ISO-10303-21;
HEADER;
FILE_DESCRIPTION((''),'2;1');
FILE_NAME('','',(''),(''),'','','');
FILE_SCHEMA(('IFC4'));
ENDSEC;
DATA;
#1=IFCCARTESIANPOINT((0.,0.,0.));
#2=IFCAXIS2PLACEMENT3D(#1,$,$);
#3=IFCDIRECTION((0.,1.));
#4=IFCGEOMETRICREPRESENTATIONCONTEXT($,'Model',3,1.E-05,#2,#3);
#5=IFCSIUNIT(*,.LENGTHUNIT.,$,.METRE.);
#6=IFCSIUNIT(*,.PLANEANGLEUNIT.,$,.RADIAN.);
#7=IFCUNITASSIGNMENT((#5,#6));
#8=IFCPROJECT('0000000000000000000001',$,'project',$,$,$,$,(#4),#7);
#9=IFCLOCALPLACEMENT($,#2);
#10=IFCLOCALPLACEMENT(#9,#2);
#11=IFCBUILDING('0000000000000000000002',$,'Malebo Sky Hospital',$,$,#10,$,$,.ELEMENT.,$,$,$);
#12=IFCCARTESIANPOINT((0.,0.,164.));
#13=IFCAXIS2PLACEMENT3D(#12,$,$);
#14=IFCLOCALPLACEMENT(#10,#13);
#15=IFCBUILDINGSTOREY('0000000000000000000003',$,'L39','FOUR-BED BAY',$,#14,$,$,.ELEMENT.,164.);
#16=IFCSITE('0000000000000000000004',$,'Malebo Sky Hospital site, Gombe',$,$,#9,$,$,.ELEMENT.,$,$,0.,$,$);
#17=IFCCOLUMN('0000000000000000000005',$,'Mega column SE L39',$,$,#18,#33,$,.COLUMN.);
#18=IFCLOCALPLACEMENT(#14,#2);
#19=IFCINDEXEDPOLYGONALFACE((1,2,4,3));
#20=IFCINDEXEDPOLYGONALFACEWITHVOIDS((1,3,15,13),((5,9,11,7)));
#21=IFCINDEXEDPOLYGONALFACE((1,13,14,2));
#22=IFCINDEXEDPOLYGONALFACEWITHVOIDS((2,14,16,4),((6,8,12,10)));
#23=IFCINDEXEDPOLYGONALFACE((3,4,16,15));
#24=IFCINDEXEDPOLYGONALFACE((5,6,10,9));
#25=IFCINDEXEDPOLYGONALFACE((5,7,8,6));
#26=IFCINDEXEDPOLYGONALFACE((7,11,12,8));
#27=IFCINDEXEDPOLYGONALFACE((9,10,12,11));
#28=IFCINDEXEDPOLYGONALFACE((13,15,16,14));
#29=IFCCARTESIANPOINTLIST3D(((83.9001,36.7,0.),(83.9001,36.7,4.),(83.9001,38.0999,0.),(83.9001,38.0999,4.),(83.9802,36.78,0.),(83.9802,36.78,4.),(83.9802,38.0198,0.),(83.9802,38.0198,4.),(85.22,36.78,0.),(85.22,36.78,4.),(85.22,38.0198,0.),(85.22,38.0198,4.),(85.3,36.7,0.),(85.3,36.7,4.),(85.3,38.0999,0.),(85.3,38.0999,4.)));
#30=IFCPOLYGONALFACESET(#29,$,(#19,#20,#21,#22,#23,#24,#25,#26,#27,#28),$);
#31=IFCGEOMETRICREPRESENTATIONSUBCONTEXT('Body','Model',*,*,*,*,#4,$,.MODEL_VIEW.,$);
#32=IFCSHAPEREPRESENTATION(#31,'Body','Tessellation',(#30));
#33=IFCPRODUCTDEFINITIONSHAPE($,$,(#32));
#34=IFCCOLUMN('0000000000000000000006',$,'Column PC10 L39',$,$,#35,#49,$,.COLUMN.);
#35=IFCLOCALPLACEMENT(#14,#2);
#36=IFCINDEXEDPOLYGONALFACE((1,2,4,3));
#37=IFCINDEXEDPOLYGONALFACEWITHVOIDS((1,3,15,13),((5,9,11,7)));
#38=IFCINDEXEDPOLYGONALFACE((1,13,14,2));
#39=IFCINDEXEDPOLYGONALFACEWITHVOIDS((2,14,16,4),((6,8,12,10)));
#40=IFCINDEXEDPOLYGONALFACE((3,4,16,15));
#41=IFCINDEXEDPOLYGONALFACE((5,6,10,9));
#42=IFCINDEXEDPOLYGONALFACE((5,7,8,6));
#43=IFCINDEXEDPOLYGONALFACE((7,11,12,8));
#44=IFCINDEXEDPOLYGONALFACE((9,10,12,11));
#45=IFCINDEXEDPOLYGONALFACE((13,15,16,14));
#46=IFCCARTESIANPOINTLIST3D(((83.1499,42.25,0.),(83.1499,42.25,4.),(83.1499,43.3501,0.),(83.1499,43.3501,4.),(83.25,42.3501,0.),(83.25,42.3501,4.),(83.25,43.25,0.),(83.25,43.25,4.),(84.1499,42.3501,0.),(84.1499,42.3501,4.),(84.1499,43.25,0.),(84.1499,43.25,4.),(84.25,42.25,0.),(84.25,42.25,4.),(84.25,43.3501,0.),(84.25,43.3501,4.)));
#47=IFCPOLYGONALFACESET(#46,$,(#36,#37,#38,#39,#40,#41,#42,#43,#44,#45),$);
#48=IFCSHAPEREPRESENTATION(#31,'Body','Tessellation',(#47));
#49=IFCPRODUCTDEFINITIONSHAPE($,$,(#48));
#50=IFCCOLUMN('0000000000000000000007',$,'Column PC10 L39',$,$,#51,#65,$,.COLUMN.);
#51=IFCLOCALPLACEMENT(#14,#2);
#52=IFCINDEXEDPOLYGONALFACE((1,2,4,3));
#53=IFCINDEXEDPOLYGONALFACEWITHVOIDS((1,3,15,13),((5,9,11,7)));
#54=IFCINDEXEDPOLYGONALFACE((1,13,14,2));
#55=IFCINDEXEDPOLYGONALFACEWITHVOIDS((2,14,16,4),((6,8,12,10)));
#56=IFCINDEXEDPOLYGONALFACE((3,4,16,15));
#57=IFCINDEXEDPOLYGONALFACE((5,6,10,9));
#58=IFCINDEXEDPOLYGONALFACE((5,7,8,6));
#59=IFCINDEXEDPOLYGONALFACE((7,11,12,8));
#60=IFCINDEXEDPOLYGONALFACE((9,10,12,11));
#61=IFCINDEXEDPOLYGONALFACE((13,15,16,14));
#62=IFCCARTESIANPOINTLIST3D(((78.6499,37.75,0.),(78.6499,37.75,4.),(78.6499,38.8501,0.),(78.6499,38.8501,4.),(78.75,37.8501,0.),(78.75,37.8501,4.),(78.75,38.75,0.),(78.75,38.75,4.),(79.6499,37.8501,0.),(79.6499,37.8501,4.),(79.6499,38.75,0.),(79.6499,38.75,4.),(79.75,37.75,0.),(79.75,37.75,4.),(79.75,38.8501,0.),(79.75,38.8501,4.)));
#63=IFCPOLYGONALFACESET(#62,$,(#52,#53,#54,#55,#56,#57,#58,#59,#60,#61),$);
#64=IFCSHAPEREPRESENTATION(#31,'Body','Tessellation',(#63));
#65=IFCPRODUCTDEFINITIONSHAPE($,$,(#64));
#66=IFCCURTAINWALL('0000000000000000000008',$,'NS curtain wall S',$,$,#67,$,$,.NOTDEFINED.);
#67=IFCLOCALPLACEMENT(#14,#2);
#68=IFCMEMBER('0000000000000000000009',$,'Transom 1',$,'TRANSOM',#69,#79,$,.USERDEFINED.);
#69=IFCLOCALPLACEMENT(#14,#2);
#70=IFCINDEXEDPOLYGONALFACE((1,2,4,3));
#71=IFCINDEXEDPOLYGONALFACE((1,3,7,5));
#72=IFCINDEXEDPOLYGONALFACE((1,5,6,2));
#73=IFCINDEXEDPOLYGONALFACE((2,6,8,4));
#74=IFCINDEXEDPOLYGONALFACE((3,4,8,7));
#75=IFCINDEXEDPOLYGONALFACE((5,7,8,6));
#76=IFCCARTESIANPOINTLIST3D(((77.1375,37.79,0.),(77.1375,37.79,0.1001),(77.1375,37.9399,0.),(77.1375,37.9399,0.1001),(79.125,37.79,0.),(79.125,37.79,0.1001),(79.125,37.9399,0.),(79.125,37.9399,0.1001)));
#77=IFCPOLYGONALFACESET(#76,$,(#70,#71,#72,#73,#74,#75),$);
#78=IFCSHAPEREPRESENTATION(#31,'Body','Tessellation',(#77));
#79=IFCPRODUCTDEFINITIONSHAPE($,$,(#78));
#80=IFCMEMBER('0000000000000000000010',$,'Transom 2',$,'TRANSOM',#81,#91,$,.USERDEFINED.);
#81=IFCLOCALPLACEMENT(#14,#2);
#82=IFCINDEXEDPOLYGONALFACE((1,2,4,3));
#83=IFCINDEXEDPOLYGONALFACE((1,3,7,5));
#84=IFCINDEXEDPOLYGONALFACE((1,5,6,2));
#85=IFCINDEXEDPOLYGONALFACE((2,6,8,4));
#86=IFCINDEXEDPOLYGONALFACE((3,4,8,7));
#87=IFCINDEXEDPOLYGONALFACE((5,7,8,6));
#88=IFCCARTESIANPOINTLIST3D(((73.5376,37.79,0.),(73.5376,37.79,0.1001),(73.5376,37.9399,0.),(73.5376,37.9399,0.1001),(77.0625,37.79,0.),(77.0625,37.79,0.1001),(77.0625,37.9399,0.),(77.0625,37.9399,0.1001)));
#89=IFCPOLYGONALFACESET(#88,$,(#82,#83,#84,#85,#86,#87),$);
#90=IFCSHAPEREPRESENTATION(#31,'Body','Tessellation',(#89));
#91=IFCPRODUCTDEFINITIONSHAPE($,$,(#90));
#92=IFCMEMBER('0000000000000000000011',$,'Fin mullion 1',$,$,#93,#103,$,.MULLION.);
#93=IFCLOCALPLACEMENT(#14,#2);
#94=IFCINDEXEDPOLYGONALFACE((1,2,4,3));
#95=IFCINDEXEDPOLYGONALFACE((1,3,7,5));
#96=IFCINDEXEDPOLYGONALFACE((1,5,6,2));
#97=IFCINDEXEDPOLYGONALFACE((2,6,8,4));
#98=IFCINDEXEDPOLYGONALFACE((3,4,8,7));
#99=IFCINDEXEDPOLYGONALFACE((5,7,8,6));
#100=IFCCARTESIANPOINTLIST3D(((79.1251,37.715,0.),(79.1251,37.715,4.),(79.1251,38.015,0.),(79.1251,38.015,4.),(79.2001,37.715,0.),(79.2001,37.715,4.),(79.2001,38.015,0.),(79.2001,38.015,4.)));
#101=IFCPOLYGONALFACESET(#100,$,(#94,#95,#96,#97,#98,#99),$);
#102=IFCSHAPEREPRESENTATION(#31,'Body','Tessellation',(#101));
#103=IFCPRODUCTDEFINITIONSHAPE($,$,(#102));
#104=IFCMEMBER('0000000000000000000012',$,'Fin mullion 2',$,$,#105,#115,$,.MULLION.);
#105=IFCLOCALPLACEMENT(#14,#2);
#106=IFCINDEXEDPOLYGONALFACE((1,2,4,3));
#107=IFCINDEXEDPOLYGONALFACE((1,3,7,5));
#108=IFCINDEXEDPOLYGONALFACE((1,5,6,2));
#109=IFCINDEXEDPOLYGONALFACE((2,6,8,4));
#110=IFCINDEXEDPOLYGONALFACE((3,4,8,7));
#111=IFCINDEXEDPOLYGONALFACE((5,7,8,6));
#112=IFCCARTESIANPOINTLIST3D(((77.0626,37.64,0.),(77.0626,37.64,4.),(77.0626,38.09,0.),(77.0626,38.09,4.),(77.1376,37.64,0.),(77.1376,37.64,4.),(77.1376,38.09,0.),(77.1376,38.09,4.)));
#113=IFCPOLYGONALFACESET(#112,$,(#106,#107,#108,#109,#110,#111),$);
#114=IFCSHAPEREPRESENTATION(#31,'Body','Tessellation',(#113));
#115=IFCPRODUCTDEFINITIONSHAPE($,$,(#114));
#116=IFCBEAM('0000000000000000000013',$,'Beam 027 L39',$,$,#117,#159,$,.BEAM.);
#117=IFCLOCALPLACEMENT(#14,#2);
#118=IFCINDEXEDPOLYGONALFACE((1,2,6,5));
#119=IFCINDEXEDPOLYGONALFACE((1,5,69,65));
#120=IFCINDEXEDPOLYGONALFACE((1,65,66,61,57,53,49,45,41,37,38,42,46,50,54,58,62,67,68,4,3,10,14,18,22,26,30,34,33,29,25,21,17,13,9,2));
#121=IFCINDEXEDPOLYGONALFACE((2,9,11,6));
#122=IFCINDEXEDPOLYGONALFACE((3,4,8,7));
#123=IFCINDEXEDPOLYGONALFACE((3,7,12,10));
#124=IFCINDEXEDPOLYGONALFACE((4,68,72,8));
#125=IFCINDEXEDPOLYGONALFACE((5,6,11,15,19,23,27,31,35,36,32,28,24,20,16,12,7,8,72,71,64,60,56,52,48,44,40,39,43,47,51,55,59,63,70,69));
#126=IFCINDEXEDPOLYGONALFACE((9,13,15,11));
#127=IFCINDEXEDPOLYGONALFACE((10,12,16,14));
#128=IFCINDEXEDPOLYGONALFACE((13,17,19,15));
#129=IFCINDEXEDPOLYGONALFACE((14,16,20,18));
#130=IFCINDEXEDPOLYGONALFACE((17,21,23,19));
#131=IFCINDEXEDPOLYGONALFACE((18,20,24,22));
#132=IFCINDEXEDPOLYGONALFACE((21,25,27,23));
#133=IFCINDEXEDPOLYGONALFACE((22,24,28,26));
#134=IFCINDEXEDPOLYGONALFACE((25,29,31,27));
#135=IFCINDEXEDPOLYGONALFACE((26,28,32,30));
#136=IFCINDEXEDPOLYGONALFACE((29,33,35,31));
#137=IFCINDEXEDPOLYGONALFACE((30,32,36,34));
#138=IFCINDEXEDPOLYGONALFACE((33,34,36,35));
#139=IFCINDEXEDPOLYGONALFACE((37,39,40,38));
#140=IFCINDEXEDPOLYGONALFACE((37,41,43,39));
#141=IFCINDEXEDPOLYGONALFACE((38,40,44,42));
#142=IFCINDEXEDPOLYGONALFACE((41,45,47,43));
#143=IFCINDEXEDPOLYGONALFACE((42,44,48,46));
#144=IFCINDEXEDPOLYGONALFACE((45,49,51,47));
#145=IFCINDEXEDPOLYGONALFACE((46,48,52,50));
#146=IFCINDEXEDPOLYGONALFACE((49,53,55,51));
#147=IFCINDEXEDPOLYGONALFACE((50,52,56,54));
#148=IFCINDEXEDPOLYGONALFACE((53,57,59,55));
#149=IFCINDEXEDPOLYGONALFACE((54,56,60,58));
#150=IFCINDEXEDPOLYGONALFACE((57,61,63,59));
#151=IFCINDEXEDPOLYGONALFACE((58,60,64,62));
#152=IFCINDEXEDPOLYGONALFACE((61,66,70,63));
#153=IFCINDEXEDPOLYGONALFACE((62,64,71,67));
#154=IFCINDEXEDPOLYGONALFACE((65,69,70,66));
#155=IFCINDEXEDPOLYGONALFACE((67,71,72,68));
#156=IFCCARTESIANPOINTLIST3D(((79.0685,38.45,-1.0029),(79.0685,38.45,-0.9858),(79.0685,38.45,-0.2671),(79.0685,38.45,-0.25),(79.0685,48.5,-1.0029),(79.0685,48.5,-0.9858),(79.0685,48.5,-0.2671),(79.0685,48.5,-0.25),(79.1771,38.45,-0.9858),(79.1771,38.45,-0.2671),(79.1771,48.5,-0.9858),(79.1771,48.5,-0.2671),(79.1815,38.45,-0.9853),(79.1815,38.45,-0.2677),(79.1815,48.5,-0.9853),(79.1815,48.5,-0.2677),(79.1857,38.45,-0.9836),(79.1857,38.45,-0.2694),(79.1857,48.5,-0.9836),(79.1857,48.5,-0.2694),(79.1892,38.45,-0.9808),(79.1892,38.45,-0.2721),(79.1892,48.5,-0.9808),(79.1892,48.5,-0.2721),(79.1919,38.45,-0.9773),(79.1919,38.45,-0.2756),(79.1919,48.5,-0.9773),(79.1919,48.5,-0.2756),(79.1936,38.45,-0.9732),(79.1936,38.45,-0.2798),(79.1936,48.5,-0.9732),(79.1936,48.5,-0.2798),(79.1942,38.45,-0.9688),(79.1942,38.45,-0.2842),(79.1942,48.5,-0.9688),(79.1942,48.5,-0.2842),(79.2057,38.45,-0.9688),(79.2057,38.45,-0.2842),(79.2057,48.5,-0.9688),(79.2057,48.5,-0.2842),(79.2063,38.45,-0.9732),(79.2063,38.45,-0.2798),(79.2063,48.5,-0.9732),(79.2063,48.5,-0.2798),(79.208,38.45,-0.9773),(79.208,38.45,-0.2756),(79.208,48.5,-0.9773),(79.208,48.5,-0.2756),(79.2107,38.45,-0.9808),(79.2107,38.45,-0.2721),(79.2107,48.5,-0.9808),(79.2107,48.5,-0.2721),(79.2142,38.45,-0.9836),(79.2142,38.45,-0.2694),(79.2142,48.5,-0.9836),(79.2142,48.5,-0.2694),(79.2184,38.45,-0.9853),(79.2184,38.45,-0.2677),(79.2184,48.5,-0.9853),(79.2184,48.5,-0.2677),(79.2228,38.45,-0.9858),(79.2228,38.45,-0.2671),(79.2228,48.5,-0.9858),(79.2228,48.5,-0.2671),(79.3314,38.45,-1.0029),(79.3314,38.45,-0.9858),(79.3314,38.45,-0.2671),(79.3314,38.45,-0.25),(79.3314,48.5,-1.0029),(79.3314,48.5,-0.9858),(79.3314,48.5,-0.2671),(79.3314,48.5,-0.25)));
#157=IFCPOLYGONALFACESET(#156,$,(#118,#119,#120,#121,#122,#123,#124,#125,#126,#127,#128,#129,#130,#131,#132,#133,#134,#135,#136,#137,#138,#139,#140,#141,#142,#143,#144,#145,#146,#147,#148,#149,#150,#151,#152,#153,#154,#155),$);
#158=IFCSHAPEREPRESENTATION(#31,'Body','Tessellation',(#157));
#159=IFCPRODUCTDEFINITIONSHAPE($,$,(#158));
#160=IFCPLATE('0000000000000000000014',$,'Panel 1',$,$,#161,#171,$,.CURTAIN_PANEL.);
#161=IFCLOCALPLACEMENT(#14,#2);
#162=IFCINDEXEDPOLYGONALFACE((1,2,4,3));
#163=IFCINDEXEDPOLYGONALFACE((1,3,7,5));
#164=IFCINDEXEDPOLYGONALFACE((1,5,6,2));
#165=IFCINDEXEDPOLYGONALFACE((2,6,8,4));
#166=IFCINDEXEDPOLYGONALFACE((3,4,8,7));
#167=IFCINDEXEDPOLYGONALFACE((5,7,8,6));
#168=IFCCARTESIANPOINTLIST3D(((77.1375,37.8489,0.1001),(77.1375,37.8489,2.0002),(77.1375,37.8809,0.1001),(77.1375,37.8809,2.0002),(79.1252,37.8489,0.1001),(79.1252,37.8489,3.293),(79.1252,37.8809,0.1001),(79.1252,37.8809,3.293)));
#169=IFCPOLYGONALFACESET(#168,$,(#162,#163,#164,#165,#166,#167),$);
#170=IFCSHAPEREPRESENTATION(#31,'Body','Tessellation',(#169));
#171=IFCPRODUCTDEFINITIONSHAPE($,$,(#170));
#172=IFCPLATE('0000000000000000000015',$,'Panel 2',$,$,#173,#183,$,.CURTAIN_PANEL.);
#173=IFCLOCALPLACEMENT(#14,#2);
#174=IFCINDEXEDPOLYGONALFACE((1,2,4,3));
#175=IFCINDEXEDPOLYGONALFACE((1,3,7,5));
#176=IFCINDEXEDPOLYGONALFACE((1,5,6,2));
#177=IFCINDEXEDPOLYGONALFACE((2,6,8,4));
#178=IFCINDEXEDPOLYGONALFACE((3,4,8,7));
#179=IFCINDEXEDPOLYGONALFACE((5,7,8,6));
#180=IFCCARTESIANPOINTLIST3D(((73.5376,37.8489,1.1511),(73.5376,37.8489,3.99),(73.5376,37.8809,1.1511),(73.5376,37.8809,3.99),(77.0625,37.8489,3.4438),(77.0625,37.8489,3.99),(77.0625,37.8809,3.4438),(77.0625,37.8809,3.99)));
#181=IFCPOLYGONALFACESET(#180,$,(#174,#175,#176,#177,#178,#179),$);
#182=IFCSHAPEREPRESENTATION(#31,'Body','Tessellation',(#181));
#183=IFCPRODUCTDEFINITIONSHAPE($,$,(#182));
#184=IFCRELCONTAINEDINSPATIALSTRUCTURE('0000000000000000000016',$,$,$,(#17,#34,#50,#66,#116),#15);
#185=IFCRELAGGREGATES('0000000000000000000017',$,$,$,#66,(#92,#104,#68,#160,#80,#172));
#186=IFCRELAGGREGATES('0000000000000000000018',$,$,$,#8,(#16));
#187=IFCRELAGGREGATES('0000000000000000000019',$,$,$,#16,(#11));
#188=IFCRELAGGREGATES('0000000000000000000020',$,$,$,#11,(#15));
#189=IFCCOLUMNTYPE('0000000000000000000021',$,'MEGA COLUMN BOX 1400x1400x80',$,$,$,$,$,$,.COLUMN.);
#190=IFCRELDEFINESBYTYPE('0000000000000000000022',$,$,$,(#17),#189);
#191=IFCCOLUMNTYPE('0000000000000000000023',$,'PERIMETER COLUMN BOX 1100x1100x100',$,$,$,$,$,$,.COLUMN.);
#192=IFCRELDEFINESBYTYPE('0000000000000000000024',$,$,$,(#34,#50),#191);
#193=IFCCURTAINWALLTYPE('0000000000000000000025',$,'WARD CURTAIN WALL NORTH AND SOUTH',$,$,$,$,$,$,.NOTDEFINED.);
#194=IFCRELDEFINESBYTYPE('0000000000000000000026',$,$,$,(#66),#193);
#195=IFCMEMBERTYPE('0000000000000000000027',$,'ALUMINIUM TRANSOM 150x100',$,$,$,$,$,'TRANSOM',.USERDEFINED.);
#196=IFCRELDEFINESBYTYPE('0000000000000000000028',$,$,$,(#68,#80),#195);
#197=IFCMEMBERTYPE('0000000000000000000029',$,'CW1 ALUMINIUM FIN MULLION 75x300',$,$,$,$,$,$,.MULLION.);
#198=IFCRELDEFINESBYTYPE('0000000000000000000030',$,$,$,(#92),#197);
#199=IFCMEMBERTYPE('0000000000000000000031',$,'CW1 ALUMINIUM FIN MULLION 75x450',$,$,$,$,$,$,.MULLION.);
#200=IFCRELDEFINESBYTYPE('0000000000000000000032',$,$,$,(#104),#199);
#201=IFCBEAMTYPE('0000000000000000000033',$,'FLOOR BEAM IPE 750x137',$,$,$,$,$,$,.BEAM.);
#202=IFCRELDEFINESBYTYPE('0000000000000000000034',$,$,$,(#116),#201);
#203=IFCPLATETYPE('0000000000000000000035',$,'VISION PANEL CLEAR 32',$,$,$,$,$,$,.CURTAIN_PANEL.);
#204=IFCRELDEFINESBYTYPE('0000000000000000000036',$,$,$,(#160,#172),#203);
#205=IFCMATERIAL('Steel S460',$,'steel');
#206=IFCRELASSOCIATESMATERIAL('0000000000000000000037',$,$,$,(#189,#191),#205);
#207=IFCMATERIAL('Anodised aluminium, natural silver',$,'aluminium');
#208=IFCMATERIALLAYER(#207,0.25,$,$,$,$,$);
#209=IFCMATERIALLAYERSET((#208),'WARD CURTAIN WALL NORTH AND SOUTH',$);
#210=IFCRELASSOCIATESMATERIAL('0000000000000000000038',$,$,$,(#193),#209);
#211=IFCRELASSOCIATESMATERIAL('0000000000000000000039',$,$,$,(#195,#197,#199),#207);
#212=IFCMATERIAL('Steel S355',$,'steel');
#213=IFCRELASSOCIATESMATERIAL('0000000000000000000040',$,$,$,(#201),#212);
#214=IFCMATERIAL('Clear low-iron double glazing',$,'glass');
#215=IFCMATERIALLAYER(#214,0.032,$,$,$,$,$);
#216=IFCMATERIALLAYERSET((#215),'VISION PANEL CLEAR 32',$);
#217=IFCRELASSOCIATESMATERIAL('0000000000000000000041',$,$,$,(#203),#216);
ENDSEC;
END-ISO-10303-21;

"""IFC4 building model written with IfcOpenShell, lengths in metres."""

from ifc_helpers import new_model, si_unit, direction, frame, origin, origin_2d, place, context, subcontext, project, spatial, polyline, rectangle, hollow_rectangle, i_section, outline, extrude, material, layer, layer_set, material_profile, profile_set, type_object, element, aggregate, save


model = new_model("IFC4")

# Units and contexts
model_context = context("Model", 3, precision=1e-05, world=origin(), true_north=direction((0.0, 1.0)))
body_context = subcontext(model_context, "Body", "Model", "MODEL_VIEW")
ifc_project = project(units=[si_unit("LENGTHUNIT", "METRE"), si_unit("PLANEANGLEUNIT", "RADIAN")], contexts=[model_context])

# Site, building, storey
site_placement = place(None, origin())
site = spatial("IfcSite", under=ifc_project, at=site_placement, Name="Malebo Sky Hospital site, Gombe", CompositionType="ELEMENT", RefElevation=0.0)
building_placement = place(site_placement, origin())
building = spatial("IfcBuilding", under=site, at=building_placement, Name="Malebo Sky Hospital", CompositionType="ELEMENT")
storey_placement = place(building_placement, frame((0.0, 0.0, 164.0)))
storey = spatial("IfcBuildingStorey", under=building, at=storey_placement, Name="L39", Description="FOUR-BED BAY", CompositionType="ELEMENT", Elevation=164.0)

# Columns
ifc_material_1 = material(Name="Steel S460", Category="steel")
ifc_material_profile_1 = material_profile(ifc_material_1, hollow_rectangle(XDim=1.3999, YDim=1.3999, WallThickness=0.0801, at=origin_2d()), Name="BOX 1400x1400x80")
ifc_profile_set_1 = profile_set([ifc_material_profile_1], Name="Steel S460")
column_type_1 = type_object("IfcColumnType", Name="MEGA COLUMN BOX 1400x1400x80", PredefinedType="COLUMN", material=ifc_profile_set_1)
column_placement = place(storey_placement, frame((84.6001, 37.3999, 0.0), z_axis=(0.0, 0.0, 1.0), x_axis=(1.0, 0.0, 0.0)))
element("IfcColumn", 1, at=column_placement, inside=storey, type_object=column_type_1, Name="Mega column SE L39", PredefinedType="COLUMN", context=body_context, shape_type="SweptSolid", body=[
    extrude(hollow_rectangle(XDim=1.3999, YDim=1.3999, WallThickness=0.0801, at=origin_2d()), origin(), (0.0, 0.0, 1.0), 4.0),
])
ifc_material_profile_2 = material_profile(ifc_material_1, hollow_rectangle(XDim=1.1001, YDim=1.1001, WallThickness=0.1001, at=origin_2d()), Name="BOX 1100x1100x100")
ifc_profile_set_2 = profile_set([ifc_material_profile_2], Name="Steel S460")
column_type_2 = type_object("IfcColumnType", Name="PERIMETER COLUMN BOX 1100x1100x100", PredefinedType="COLUMN", material=ifc_profile_set_2)
for number, where, z_axis, x_axis, name in (
    (2, (83.7, 42.8, 0.0), (0.0, 0.0, 1.0), (1.0, 0.0, 0.0), "Column PC10 L39"),
    (3, (79.2, 38.3, 0.0), (0.0, 0.0, 1.0), (1.0, 0.0, 0.0), "Column PC10 L39"),
):
    element("IfcColumn", number, at=place(storey_placement, frame(where, z_axis=z_axis, x_axis=x_axis)), inside=storey, type_object=column_type_2, Name=name, PredefinedType="COLUMN", context=body_context, shape_type="SweptSolid", body=[
        extrude(hollow_rectangle(XDim=1.1001, YDim=1.1001, WallThickness=0.1001, at=origin_2d()), origin(), (0.0, 0.0, 1.0), 4.0),
    ])

# Curtain wall, members
ifc_material_2 = material(Name="Anodised aluminium, natural silver", Category="aluminium")
ifc_layer_1 = layer(ifc_material_2, 0.25)
ifc_layer_set_1 = layer_set([ifc_layer_1], Name="WARD CURTAIN WALL NORTH AND SOUTH")
curtain_wall_type = type_object("IfcCurtainWallType", Name="WARD CURTAIN WALL NORTH AND SOUTH", PredefinedType="NOTDEFINED", material=ifc_layer_set_1)
curtain_wall_placement = place(storey_placement, origin())
curtain_wall = element("IfcCurtainWall", 4, at=curtain_wall_placement, inside=storey, type_object=curtain_wall_type, Name="NS curtain wall S", PredefinedType="NOTDEFINED")
ifc_material_profile_3 = material_profile(ifc_material_2, rectangle(XDim=0.1499, YDim=0.1001, at=origin_2d()), Name="ALUMINIUM TRANSOM 150x100")
ifc_profile_set_3 = profile_set([ifc_material_profile_3], Name="Anodised aluminium, natural silver")
member_type_1 = type_object("IfcMemberType", Name="ALUMINIUM TRANSOM 150x100", ElementType="TRANSOM", PredefinedType="USERDEFINED", material=ifc_profile_set_3)
member_1_placement = place(storey_placement, frame((79.125, 37.865, 0.05), z_axis=(-1.0, 0.0, 0.0), x_axis=(0.0, -1.0, 0.0)))
member_1 = element("IfcMember", 5, at=member_1_placement, type_object=member_type_1, Name="Transom 1", ObjectType="TRANSOM", PredefinedType="USERDEFINED", context=body_context, shape_type="SweptSolid", body=[
    extrude(rectangle(XDim=0.1499, YDim=0.1001, at=origin_2d()), origin(), (0.0, 0.0, 1.0), 1.9875),
])
member_2_placement = place(storey_placement, frame((77.0625, 37.865, 0.05), z_axis=(-1.0, 0.0, 0.0), x_axis=(0.0, -1.0, 0.0)))
member_2 = element("IfcMember", 6, at=member_2_placement, type_object=member_type_1, Name="Transom 2", ObjectType="TRANSOM", PredefinedType="USERDEFINED", context=body_context, shape_type="SweptSolid", body=[
    extrude(rectangle(XDim=0.1499, YDim=0.1001, at=origin_2d()), origin(), (0.0, 0.0, 1.0), 3.5249),
])
ifc_material_profile_4 = material_profile(ifc_material_2, rectangle(XDim=0.075, YDim=0.3, at=origin_2d()), Name="CW1 ALUMINIUM FIN MULLION 75x300")
ifc_profile_set_4 = profile_set([ifc_material_profile_4], Name="Anodised aluminium, natural silver")
member_type_2 = type_object("IfcMemberType", Name="CW1 ALUMINIUM FIN MULLION 75x300", PredefinedType="MULLION", material=ifc_profile_set_4)
member_3_placement = place(storey_placement, frame((79.1626, 37.865, 0.0), z_axis=(0.0, 0.0, 1.0), x_axis=(-1.0, 0.0, 0.0)))
member_3 = element("IfcMember", 7, at=member_3_placement, type_object=member_type_2, Name="Fin mullion 1", PredefinedType="MULLION", context=body_context, shape_type="SweptSolid", body=[
    extrude(rectangle(XDim=0.075, YDim=0.3, at=origin_2d()), origin(), (0.0, 0.0, 1.0), 4.0),
])
ifc_material_profile_5 = material_profile(ifc_material_2, rectangle(XDim=0.075, YDim=0.45, at=origin_2d()), Name="CW1 ALUMINIUM FIN MULLION 75x450")
ifc_profile_set_5 = profile_set([ifc_material_profile_5], Name="Anodised aluminium, natural silver")
member_type_3 = type_object("IfcMemberType", Name="CW1 ALUMINIUM FIN MULLION 75x450", PredefinedType="MULLION", material=ifc_profile_set_5)
member_4_placement = place(storey_placement, frame((77.1001, 37.865, 0.0), z_axis=(0.0, 0.0, 1.0), x_axis=(-1.0, 0.0, 0.0)))
member_4 = element("IfcMember", 8, at=member_4_placement, type_object=member_type_3, Name="Fin mullion 2", PredefinedType="MULLION", context=body_context, shape_type="SweptSolid", body=[
    extrude(rectangle(XDim=0.075, YDim=0.45, at=origin_2d()), origin(), (0.0, 0.0, 1.0), 4.0),
])

# Beam
ifc_material_3 = material(Name="Steel S355", Category="steel")
ifc_material_profile_6 = material_profile(ifc_material_3, i_section(OverallWidth=0.2629, OverallDepth=0.7529, WebThickness=0.0115, FlangeThickness=0.0171, FilletRadius=0.0171, at=origin_2d()), Name="IPE 750x137")
ifc_profile_set_6 = profile_set([ifc_material_profile_6], Name="Steel S355")
beam_type = type_object("IfcBeamType", Name="FLOOR BEAM IPE 750x137", PredefinedType="BEAM", material=ifc_profile_set_6)
beam_placement = place(storey_placement, frame((79.2, 38.45, -0.6265), z_axis=(0.0, 1.0, 0.0), x_axis=(-1.0, 0.0, 0.0)))
element("IfcBeam", 9, at=beam_placement, inside=storey, type_object=beam_type, Name="Beam 027 L39", PredefinedType="BEAM", context=body_context, shape_type="SweptSolid", body=[
    extrude(i_section(OverallWidth=0.2629, OverallDepth=0.7529, WebThickness=0.0115, FlangeThickness=0.0171, FilletRadius=0.0171, at=origin_2d()), origin(), (0.0, 0.0, 1.0), 10.05),
])

# Plates
ifc_material_4 = material(Name="Clear low-iron double glazing", Category="glass")
ifc_layer_2 = layer(ifc_material_4, 0.032)
ifc_layer_set_2 = layer_set([ifc_layer_2], Name="VISION PANEL CLEAR 32")
plate_type = type_object("IfcPlateType", Name="VISION PANEL CLEAR 32", PredefinedType="CURTAIN_PANEL", material=ifc_layer_set_2)
plate_1_placement = place(storey_placement, frame((78.1313, 37.865, 0.1001), z_axis=(0.0, 0.0, 1.0), x_axis=(-1.0, 0.0, 0.0)))
plate_1 = element("IfcPlate", 10, at=plate_1_placement, type_object=plate_type, Name="Panel 1", PredefinedType="CURTAIN_PANEL", context=body_context, shape_type="SweptSolid", body=[
    extrude(outline(polyline([(-0.9939, 0.0), (0.9939, 0.0), (0.9939, 1.9001), (-0.9939, 3.1929), (-0.9939, 0.0)])), frame((0.0, 0.0161, 0.0), z_axis=(0.0, -1.0, 0.0), x_axis=(1.0, 0.0, 0.0)), (0.0, 0.0, 1.0), 0.032),
])
plate_2_placement = place(storey_placement, frame((75.3, 37.865, 1.1511), z_axis=(0.0, 0.0, 1.0), x_axis=(-1.0, 0.0, 0.0)))
plate_2 = element("IfcPlate", 11, at=plate_2_placement, type_object=plate_type, Name="Panel 2", PredefinedType="CURTAIN_PANEL", context=body_context, shape_type="SweptSolid", body=[
    extrude(outline(polyline([(1.7625, 0.0), (1.7625, 2.8389), (-1.7625, 2.8389), (-1.7625, 2.2927), (1.7625, 0.0)])), frame((0.0, 0.0161, 0.0), z_axis=(0.0, -1.0, 0.0), x_axis=(1.0, 0.0, 0.0)), (0.0, 0.0, 1.0), 0.032),
])
aggregate(curtain_wall, [member_3, member_4, member_1, plate_1, member_2, plate_2])

save(model, "model.ifc")
